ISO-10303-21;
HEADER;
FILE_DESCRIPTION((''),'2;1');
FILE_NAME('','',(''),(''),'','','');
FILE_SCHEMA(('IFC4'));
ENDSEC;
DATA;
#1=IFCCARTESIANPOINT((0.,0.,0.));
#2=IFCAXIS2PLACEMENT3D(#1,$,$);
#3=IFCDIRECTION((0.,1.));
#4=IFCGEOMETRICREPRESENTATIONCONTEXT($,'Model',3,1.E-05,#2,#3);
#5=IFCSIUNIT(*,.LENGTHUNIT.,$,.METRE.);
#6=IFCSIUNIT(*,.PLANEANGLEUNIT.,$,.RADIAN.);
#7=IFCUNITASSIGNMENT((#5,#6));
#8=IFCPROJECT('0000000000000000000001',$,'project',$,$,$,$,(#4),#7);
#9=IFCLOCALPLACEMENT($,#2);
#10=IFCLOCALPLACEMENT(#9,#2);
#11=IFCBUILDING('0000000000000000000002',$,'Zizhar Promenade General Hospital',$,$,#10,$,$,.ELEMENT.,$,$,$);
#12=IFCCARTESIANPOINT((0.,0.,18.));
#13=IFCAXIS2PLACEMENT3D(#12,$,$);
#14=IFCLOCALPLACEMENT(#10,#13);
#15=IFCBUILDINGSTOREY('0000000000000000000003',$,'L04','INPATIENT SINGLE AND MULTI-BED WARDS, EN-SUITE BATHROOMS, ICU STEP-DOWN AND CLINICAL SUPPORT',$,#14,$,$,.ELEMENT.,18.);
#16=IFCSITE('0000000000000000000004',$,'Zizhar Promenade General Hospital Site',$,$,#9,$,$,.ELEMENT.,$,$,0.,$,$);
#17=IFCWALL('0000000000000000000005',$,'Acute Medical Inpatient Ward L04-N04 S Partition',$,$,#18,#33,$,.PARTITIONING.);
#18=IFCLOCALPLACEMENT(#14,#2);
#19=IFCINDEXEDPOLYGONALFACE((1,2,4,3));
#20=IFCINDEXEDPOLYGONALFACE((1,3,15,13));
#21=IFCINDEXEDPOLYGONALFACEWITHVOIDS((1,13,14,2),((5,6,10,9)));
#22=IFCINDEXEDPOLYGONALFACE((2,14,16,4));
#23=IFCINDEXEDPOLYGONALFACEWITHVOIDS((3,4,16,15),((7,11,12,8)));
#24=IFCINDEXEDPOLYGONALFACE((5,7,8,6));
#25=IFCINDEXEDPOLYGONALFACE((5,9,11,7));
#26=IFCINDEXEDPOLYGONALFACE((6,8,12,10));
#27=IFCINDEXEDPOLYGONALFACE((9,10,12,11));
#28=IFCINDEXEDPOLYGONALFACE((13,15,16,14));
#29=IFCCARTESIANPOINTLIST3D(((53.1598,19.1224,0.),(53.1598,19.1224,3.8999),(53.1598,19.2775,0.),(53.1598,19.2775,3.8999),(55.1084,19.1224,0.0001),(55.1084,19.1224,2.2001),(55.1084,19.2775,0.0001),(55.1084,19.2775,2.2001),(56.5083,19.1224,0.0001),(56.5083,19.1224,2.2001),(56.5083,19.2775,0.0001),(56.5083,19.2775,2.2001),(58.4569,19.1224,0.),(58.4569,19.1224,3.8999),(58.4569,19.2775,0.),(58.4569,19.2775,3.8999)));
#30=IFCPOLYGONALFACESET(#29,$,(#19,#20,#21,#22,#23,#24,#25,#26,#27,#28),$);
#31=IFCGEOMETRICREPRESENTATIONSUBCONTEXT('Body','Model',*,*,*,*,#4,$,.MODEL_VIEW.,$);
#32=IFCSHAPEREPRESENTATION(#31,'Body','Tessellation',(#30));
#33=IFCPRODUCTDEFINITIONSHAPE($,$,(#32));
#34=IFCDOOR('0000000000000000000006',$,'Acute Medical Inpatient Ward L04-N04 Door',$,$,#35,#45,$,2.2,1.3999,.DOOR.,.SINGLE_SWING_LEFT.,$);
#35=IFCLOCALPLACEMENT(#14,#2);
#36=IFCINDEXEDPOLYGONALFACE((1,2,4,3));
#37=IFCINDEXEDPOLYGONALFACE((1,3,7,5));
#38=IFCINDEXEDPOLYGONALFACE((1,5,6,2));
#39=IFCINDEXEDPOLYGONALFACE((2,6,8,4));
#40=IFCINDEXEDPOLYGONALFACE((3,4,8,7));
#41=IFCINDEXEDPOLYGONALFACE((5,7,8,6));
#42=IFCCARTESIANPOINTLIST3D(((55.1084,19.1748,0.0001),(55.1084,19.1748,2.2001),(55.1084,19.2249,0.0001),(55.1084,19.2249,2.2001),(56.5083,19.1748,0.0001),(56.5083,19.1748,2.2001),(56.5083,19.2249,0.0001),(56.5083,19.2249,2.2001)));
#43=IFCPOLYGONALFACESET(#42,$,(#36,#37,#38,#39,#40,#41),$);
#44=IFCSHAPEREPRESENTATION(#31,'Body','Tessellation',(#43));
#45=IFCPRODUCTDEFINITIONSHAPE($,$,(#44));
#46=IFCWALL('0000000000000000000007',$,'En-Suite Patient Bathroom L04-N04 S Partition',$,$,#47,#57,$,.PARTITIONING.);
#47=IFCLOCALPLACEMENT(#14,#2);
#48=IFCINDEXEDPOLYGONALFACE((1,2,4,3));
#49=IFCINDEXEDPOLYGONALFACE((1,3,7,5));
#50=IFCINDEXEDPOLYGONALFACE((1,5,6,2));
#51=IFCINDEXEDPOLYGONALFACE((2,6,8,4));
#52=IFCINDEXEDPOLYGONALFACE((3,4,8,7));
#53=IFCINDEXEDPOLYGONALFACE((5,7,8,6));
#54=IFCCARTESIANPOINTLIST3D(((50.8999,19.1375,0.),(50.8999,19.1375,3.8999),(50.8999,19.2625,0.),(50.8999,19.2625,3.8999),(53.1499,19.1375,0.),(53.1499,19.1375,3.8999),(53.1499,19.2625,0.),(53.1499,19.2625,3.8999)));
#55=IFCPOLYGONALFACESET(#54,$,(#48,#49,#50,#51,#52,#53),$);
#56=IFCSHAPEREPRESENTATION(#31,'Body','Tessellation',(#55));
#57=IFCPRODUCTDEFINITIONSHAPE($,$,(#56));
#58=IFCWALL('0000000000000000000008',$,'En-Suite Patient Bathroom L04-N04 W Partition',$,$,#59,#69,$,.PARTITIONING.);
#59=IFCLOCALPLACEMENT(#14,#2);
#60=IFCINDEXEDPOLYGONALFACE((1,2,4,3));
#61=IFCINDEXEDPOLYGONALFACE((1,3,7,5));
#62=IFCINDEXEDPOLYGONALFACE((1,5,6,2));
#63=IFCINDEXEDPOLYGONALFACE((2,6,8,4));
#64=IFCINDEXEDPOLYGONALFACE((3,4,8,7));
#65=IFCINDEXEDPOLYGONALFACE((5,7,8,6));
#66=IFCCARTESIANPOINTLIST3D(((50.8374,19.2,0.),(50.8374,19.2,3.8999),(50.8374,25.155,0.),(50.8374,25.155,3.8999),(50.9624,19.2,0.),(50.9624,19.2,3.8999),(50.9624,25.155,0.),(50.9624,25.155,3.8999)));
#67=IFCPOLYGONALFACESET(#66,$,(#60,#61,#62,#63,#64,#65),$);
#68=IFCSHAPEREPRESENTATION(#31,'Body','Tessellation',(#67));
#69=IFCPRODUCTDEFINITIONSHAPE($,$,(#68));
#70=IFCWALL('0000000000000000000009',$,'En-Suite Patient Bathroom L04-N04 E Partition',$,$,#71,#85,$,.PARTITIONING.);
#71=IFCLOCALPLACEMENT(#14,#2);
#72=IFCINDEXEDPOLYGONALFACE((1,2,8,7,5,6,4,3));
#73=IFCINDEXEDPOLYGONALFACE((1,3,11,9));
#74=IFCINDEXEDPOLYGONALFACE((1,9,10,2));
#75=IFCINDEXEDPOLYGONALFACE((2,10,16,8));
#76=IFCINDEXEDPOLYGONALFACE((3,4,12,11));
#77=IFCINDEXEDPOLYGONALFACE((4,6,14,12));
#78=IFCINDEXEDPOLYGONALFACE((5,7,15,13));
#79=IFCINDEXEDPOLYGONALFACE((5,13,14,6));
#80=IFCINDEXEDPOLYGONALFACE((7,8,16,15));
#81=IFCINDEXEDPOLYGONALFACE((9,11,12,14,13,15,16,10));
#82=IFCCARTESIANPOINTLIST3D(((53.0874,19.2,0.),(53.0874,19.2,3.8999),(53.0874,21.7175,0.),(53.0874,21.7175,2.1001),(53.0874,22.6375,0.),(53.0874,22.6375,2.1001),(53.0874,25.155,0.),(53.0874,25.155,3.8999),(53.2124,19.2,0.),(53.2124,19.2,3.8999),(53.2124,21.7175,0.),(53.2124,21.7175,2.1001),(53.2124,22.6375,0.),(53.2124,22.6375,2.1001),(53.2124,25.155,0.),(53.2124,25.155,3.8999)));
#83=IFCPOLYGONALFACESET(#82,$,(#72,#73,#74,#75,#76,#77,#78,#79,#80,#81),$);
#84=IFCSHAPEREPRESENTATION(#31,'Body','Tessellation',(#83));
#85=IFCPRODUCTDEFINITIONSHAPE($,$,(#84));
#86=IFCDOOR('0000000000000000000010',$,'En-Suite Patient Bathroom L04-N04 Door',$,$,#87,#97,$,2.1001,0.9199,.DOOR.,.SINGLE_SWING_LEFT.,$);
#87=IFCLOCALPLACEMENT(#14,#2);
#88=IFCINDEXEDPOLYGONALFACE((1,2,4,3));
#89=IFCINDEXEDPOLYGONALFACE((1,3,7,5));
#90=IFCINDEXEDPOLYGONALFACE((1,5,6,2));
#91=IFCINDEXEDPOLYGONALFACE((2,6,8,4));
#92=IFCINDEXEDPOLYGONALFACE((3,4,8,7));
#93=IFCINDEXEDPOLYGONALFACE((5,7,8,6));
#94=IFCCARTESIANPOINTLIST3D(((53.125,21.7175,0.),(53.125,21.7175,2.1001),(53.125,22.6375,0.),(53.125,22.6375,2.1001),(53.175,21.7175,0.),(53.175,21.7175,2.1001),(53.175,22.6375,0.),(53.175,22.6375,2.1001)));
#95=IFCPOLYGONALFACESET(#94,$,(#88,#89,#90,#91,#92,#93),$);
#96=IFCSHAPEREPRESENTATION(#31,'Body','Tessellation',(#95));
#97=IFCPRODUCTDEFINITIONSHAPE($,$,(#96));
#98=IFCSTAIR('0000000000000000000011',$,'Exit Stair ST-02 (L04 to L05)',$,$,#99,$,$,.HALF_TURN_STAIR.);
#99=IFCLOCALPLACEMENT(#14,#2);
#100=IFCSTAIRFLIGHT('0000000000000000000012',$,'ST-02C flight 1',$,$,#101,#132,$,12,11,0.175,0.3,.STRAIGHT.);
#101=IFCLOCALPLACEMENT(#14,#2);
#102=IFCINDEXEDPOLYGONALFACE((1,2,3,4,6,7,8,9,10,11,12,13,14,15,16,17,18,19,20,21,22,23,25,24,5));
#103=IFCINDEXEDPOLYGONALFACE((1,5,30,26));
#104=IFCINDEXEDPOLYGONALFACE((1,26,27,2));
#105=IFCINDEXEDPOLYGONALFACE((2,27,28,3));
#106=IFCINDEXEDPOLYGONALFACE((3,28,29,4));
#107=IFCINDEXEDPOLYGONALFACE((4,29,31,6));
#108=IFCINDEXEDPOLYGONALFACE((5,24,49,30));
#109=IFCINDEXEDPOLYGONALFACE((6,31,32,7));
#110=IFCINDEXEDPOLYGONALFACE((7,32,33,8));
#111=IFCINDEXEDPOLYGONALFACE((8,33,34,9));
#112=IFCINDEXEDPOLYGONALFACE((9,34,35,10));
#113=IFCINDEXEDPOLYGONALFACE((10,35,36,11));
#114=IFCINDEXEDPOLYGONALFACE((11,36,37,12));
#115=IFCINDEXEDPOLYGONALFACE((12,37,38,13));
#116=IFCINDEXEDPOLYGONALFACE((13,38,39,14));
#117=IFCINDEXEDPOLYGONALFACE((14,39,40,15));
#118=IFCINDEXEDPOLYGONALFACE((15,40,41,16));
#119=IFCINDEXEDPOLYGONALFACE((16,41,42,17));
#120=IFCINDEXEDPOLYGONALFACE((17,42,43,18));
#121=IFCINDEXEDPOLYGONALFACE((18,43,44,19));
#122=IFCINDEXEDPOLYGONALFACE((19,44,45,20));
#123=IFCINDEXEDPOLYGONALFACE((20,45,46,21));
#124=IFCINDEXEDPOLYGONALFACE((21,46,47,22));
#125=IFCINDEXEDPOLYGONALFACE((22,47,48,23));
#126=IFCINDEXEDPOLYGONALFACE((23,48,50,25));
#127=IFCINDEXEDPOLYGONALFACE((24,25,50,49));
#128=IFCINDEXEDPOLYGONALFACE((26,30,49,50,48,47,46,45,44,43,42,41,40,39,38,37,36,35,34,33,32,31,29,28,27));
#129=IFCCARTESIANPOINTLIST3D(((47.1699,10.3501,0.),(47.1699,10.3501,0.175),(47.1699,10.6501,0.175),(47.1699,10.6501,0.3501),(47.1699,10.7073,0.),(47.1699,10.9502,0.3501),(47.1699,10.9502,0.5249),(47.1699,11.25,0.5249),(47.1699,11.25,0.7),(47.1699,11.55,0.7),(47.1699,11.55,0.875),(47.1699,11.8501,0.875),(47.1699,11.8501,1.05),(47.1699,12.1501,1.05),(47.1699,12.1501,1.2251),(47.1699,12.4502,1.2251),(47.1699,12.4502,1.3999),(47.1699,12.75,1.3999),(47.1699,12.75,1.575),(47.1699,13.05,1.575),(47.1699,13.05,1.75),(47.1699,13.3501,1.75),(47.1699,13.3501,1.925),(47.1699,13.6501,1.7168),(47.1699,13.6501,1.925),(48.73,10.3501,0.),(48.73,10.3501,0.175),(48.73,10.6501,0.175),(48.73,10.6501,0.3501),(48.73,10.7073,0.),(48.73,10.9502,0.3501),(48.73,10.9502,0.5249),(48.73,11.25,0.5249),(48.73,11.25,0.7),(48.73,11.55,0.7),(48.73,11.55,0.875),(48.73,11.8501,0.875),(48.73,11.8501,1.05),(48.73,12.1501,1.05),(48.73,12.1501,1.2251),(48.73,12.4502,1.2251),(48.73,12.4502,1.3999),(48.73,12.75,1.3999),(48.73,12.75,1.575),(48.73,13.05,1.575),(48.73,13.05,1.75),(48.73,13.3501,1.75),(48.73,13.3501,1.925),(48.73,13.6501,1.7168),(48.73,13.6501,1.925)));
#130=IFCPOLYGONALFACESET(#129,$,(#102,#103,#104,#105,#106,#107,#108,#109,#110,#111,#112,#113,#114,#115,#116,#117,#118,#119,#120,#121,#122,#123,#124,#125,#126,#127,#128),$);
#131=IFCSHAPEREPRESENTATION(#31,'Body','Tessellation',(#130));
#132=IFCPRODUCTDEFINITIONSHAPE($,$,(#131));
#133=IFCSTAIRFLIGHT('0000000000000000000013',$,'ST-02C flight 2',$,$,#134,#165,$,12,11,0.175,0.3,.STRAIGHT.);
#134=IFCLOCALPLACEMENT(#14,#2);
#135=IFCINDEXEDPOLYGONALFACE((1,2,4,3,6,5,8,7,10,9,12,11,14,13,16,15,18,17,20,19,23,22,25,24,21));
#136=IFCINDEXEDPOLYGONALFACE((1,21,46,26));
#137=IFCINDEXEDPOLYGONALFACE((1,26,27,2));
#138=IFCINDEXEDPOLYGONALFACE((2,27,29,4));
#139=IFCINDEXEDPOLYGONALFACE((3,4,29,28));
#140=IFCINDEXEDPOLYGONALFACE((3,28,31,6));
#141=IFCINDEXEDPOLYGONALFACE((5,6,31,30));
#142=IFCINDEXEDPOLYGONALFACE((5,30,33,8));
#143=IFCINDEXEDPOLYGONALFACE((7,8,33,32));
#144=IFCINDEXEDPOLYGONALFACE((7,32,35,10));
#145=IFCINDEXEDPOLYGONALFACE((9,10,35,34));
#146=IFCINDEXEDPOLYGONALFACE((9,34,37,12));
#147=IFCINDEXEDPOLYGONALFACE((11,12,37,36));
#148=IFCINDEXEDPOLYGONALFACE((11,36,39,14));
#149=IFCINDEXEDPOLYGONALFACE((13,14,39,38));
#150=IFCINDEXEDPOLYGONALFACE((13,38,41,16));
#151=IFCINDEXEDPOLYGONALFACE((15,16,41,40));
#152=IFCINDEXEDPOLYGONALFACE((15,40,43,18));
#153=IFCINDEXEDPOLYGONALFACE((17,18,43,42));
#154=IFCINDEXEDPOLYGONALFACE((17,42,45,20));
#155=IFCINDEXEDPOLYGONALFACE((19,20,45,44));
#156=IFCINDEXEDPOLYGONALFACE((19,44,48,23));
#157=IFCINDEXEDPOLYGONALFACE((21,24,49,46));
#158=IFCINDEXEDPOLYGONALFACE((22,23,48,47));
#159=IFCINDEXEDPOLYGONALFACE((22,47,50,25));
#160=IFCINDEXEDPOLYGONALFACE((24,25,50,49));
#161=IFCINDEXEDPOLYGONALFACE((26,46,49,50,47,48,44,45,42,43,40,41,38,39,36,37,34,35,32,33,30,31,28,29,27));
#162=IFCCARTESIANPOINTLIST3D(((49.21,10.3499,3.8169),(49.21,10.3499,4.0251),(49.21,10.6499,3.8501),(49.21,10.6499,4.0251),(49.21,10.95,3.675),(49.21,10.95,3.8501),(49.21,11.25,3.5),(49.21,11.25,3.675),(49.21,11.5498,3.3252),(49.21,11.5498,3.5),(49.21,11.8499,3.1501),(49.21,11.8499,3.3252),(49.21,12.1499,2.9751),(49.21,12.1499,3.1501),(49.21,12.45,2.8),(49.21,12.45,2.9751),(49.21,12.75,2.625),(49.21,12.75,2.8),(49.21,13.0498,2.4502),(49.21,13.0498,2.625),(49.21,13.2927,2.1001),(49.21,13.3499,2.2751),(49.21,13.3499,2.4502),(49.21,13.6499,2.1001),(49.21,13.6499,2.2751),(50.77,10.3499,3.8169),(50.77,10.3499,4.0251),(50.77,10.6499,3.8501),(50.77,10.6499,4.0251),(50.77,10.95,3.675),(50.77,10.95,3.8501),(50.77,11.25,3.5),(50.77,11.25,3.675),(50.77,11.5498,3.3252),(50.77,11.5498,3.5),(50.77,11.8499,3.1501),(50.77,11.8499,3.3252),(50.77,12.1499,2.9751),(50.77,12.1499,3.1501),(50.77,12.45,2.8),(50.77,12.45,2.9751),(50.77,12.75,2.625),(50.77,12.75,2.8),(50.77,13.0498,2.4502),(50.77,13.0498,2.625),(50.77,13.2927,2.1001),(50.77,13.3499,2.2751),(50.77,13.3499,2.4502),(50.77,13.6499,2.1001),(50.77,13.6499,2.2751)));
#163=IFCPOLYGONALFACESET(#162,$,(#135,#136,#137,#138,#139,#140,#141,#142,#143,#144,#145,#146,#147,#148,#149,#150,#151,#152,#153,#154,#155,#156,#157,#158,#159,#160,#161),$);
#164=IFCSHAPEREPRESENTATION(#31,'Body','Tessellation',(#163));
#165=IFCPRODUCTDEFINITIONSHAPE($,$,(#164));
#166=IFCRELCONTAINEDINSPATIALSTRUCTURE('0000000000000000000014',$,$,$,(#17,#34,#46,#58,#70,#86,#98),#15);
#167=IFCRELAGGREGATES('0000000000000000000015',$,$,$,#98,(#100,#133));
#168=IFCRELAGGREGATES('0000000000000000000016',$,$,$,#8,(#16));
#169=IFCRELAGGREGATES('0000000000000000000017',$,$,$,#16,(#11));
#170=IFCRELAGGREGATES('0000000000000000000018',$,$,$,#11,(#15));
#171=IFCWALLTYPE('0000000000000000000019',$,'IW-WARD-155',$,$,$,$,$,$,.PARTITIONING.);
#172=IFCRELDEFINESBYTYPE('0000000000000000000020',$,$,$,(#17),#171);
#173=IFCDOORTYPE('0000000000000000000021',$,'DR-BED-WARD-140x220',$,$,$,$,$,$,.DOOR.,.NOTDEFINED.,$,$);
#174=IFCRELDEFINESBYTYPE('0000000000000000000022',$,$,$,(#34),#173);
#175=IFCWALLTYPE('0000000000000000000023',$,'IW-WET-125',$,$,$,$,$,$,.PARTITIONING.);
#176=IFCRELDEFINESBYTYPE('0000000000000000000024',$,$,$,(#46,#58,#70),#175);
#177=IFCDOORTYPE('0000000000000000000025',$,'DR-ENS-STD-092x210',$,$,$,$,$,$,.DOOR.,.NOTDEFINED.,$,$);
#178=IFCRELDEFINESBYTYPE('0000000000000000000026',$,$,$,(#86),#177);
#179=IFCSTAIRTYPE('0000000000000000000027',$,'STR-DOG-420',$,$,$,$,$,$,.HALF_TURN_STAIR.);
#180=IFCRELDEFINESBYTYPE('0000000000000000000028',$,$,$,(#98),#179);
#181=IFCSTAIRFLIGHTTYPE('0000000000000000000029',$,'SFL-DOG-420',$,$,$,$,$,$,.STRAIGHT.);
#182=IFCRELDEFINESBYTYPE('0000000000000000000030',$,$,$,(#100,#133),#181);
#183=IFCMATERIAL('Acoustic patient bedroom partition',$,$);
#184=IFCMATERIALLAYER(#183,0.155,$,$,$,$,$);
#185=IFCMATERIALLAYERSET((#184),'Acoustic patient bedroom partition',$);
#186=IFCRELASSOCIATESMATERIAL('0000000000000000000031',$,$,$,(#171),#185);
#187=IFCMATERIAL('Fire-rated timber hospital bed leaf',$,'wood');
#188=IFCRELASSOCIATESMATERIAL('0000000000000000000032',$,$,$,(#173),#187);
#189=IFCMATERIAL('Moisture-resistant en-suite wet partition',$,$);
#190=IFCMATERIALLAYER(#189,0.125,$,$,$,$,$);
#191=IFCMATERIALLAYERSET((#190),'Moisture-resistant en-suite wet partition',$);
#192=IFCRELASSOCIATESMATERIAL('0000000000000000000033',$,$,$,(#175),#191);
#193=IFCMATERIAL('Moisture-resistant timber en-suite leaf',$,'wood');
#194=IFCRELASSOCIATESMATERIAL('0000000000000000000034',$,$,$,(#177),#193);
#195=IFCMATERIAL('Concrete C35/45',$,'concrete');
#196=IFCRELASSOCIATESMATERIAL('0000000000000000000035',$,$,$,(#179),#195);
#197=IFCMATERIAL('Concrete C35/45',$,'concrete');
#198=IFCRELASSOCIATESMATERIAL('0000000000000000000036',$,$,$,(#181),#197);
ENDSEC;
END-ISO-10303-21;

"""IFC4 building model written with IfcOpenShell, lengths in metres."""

from ifc_helpers import new_model, si_unit, direction, frame, frame_2d, origin, place, context, subcontext, project, spatial, polyline, rectangle, outline, extrude, material, layer, layer_set, type_object, element, fill, aggregate, save


model = new_model("IFC4")

# Units and contexts
model_context = context("Model", 3, precision=1e-05, world=origin(), true_north=direction((0.0, 1.0)))
body_context = subcontext(model_context, "Body", "Model", "MODEL_VIEW")
ifc_project = project(units=[si_unit("LENGTHUNIT", "METRE"), si_unit("PLANEANGLEUNIT", "RADIAN")], contexts=[model_context])

# Site, building, storey
site_placement = place(None, origin())
site = spatial("IfcSite", under=ifc_project, at=site_placement, Name="Zizhar Promenade General Hospital Site", CompositionType="ELEMENT", RefElevation=0.0)
building_placement = place(site_placement, origin())
building = spatial("IfcBuilding", under=site, at=building_placement, Name="Zizhar Promenade General Hospital", CompositionType="ELEMENT")
storey_placement = place(building_placement, frame((0.0, 0.0, 18.0)))
storey = spatial("IfcBuildingStorey", under=building, at=storey_placement, Name="L04", Description="INPATIENT SINGLE AND MULTI-BED WARDS, EN-SUITE BATHROOMS, ICU STEP-DOWN AND CLINICAL SUPPORT", CompositionType="ELEMENT", Elevation=18.0)

# Wall, opening, door
ifc_material_1 = material(Name="Acoustic patient bedroom partition")
ifc_layer_1 = layer(ifc_material_1, 0.155)
ifc_layer_set_1 = layer_set([ifc_layer_1], Name="Acoustic patient bedroom partition")
wall_type_1 = type_object("IfcWallType", Name="IW-WARD-155", PredefinedType="PARTITIONING", material=ifc_layer_set_1)
wall_1_placement = place(storey_placement, frame((53.1599, 19.2, 0.0), z_axis=(0.0, 0.0, 1.0), x_axis=(1.0, 0.0, 0.0)))
wall_1 = element("IfcWall", 1, at=wall_1_placement, inside=storey, type_object=wall_type_1, Name="Acute Medical Inpatient Ward L04-N04 S Partition", PredefinedType="PARTITIONING", context=body_context, shape_type="SweptSolid", body=[
    extrude(rectangle(XDim=5.2971, YDim=0.155, at=frame_2d((2.6484, 0.0))), origin(), (0.0, 0.0, 1.0), 3.8999),
])
opening_1_placement = place(wall_1_placement, frame((1.9485, 0.0, 0.0)))
opening_1 = element("IfcOpeningElement", 2, at=opening_1_placement, cuts=wall_1, PredefinedType="OPENING", context=body_context, shape_type="SweptSolid", body=[
    extrude(rectangle(XDim=1.3999, YDim=2.2, at=frame_2d((0.7, 1.1001))), frame((0.0, 0.0874, 0.0), z_axis=(0.0, -1.0, 0.0), x_axis=(1.0, 0.0, 0.0)), (0.0, 0.0, 1.0), 0.175),
])
ifc_material_2 = material(Name="Fire-rated timber hospital bed leaf", Category="wood")
door_type_1 = type_object("IfcDoorType", Name="DR-BED-WARD-140x220", OperationType="NOTDEFINED", PredefinedType="DOOR", material=ifc_material_2)
door_1_placement = place(opening_1_placement, origin())
door_1 = element("IfcDoor", 3, at=door_1_placement, inside=storey, type_object=door_type_1, Name="Acute Medical Inpatient Ward L04-N04 Door", OperationType="SINGLE_SWING_LEFT", OverallHeight=2.2, OverallWidth=1.3999, PredefinedType="DOOR", context=body_context, shape_type="SweptSolid", body=[
    extrude(rectangle(XDim=1.3999, YDim=2.2, at=frame_2d((0.7, 1.1001))), frame((0.0, 0.0249, 0.0), z_axis=(0.0, -1.0, 0.0), x_axis=(1.0, 0.0, 0.0)), (0.0, 0.0, 1.0), 0.05),
])
fill(opening_1, door_1)

# Walls
ifc_material_3 = material(Name="Moisture-resistant en-suite wet partition")
ifc_layer_2 = layer(ifc_material_3, 0.125)
ifc_layer_set_2 = layer_set([ifc_layer_2], Name="Moisture-resistant en-suite wet partition")
wall_type_2 = type_object("IfcWallType", Name="IW-WET-125", PredefinedType="PARTITIONING", material=ifc_layer_set_2)
wall_2_placement = place(storey_placement, frame((50.8999, 19.2, 0.0), z_axis=(0.0, 0.0, 1.0), x_axis=(1.0, 0.0, 0.0)))
element("IfcWall", 4, at=wall_2_placement, inside=storey, type_object=wall_type_2, Name="En-Suite Patient Bathroom L04-N04 S Partition", PredefinedType="PARTITIONING", context=body_context, shape_type="SweptSolid", body=[
    extrude(rectangle(XDim=2.25, YDim=0.125, at=frame_2d((1.125, 0.0))), origin(), (0.0, 0.0, 1.0), 3.8999),
])
wall_3_placement = place(storey_placement, frame((50.8999, 19.2, 0.0), z_axis=(0.0, 0.0, 1.0), x_axis=(0.0, 1.0, 0.0)))
element("IfcWall", 5, at=wall_3_placement, inside=storey, type_object=wall_type_2, Name="En-Suite Patient Bathroom L04-N04 W Partition", PredefinedType="PARTITIONING", context=body_context, shape_type="SweptSolid", body=[
    extrude(rectangle(XDim=5.9551, YDim=0.125, at=frame_2d((2.9775, 0.0))), origin(), (0.0, 0.0, 1.0), 3.8999),
])

# Wall, opening, door
wall_4_placement = place(storey_placement, frame((53.1499, 19.2, 0.0), z_axis=(0.0, 0.0, 1.0), x_axis=(0.0, 1.0, 0.0)))
wall_4 = element("IfcWall", 6, at=wall_4_placement, inside=storey, type_object=wall_type_2, Name="En-Suite Patient Bathroom L04-N04 E Partition", PredefinedType="PARTITIONING", context=body_context, shape_type="SweptSolid", body=[
    extrude(rectangle(XDim=5.9551, YDim=0.125, at=frame_2d((2.9775, 0.0))), origin(), (0.0, 0.0, 1.0), 3.8999),
])
opening_2_placement = place(wall_4_placement, frame((2.5176, 0.0, 0.0)))
opening_2 = element("IfcOpeningElement", 7, at=opening_2_placement, cuts=wall_4, PredefinedType="OPENING", context=body_context, shape_type="SweptSolid", body=[
    extrude(rectangle(XDim=0.9199, YDim=2.1001, at=frame_2d((0.46, 1.05))), frame((0.0, 0.0725, 0.0), z_axis=(0.0, -1.0, 0.0), x_axis=(1.0, 0.0, 0.0)), (0.0, 0.0, 1.0), 0.145),
])
ifc_material_4 = material(Name="Moisture-resistant timber en-suite leaf", Category="wood")
door_type_2 = type_object("IfcDoorType", Name="DR-ENS-STD-092x210", OperationType="NOTDEFINED", PredefinedType="DOOR", material=ifc_material_4)
door_2_placement = place(opening_2_placement, origin())
door_2 = element("IfcDoor", 8, at=door_2_placement, inside=storey, type_object=door_type_2, Name="En-Suite Patient Bathroom L04-N04 Door", OperationType="SINGLE_SWING_LEFT", OverallHeight=2.1001, OverallWidth=0.9199, PredefinedType="DOOR", context=body_context, shape_type="SweptSolid", body=[
    extrude(rectangle(XDim=0.9199, YDim=2.1001, at=frame_2d((0.46, 1.05))), frame((0.0, 0.0249, 0.0), z_axis=(0.0, -1.0, 0.0), x_axis=(1.0, 0.0, 0.0)), (0.0, 0.0, 1.0), 0.05),
])
fill(opening_2, door_2)

# Stair, stair flights
ifc_material_5 = material(Name="Concrete C35/45", Category="concrete")
stair_type = type_object("IfcStairType", Name="STR-DOG-420", PredefinedType="HALF_TURN_STAIR", material=ifc_material_5)
stair_placement = place(storey_placement, origin())
stair = element("IfcStair", 9, at=stair_placement, inside=storey, type_object=stair_type, Name="Exit Stair ST-02 (L04 to L05)", PredefinedType="HALF_TURN_STAIR")
ifc_material_6 = material(Name="Concrete C35/45", Category="concrete")
stair_flight_type = type_object("IfcStairFlightType", Name="SFL-DOG-420", PredefinedType="STRAIGHT", material=ifc_material_6)
stair_flight_1_placement = place(storey_placement, frame((47.95, 10.3501, 0.0), z_axis=(0.0, 0.0, 1.0), x_axis=(0.0, 1.0, 0.0)))
stair_flight_1 = element("IfcStairFlight", 10, at=stair_flight_1_placement, type_object=stair_flight_type, Name="ST-02C flight 1", NumberOfRisers=12, NumberOfTreads=11, PredefinedType="STRAIGHT", RiserHeight=0.175, TreadLength=0.3, context=body_context, shape_type="SweptSolid", body=[
    extrude(outline(polyline([(0.0, 0.0), (0.0, 0.175), (0.3, 0.175), (0.3, 0.3501), (0.6001, 0.3501), (0.6001, 0.5249), (0.8999, 0.5249), (0.8999, 0.7), (1.2, 0.7), (1.2, 0.875), (1.5, 0.875), (1.5, 1.05), (1.8, 1.05), (1.8, 1.2251), (2.1001, 1.2251), (2.1001, 1.3999), (2.3999, 1.3999), (2.3999, 1.575), (2.7, 1.575), (2.7, 1.75), (3.0, 1.75), (3.0, 1.925), (3.3, 1.925), (3.3, 2.1001), (3.3, 1.7168), (0.3572, 0.0), (0.0, 0.0)])), frame((0.0, 0.78, 0.0), z_axis=(0.0, -1.0, 0.0), x_axis=(1.0, 0.0, 0.0)), (0.0, 0.0, 1.0), 1.5601),
])
stair_flight_2_placement = place(storey_placement, frame((49.99, 13.6499, 2.1001), z_axis=(0.0, 0.0, 1.0), x_axis=(0.0, -1.0, 0.0)))
stair_flight_2 = element("IfcStairFlight", 11, at=stair_flight_2_placement, type_object=stair_flight_type, Name="ST-02C flight 2", NumberOfRisers=12, NumberOfTreads=11, PredefinedType="STRAIGHT", RiserHeight=0.175, TreadLength=0.3, context=body_context, shape_type="SweptSolid", body=[
    extrude(outline(polyline([(0.0, 0.0), (0.0, 0.175), (0.3, 0.175), (0.3, 0.3501), (0.6001, 0.3501), (0.6001, 0.5249), (0.8999, 0.5249), (0.8999, 0.7), (1.2, 0.7), (1.2, 0.875), (1.5, 0.875), (1.5, 1.05), (1.8, 1.05), (1.8, 1.2251), (2.1001, 1.2251), (2.1001, 1.3999), (2.3999, 1.3999), (2.3999, 1.575), (2.7, 1.575), (2.7, 1.75), (3.0, 1.75), (3.0, 1.925), (3.3, 1.925), (3.3, 2.1001), (3.3, 1.7168), (0.3572, 0.0), (0.0, 0.0)])), frame((0.0, 0.78, 0.0), z_axis=(0.0, -1.0, 0.0), x_axis=(1.0, 0.0, 0.0)), (0.0, 0.0, 1.0), 1.5601),
])
aggregate(stair, [stair_flight_1, stair_flight_2])

save(model, "model.ifc")
